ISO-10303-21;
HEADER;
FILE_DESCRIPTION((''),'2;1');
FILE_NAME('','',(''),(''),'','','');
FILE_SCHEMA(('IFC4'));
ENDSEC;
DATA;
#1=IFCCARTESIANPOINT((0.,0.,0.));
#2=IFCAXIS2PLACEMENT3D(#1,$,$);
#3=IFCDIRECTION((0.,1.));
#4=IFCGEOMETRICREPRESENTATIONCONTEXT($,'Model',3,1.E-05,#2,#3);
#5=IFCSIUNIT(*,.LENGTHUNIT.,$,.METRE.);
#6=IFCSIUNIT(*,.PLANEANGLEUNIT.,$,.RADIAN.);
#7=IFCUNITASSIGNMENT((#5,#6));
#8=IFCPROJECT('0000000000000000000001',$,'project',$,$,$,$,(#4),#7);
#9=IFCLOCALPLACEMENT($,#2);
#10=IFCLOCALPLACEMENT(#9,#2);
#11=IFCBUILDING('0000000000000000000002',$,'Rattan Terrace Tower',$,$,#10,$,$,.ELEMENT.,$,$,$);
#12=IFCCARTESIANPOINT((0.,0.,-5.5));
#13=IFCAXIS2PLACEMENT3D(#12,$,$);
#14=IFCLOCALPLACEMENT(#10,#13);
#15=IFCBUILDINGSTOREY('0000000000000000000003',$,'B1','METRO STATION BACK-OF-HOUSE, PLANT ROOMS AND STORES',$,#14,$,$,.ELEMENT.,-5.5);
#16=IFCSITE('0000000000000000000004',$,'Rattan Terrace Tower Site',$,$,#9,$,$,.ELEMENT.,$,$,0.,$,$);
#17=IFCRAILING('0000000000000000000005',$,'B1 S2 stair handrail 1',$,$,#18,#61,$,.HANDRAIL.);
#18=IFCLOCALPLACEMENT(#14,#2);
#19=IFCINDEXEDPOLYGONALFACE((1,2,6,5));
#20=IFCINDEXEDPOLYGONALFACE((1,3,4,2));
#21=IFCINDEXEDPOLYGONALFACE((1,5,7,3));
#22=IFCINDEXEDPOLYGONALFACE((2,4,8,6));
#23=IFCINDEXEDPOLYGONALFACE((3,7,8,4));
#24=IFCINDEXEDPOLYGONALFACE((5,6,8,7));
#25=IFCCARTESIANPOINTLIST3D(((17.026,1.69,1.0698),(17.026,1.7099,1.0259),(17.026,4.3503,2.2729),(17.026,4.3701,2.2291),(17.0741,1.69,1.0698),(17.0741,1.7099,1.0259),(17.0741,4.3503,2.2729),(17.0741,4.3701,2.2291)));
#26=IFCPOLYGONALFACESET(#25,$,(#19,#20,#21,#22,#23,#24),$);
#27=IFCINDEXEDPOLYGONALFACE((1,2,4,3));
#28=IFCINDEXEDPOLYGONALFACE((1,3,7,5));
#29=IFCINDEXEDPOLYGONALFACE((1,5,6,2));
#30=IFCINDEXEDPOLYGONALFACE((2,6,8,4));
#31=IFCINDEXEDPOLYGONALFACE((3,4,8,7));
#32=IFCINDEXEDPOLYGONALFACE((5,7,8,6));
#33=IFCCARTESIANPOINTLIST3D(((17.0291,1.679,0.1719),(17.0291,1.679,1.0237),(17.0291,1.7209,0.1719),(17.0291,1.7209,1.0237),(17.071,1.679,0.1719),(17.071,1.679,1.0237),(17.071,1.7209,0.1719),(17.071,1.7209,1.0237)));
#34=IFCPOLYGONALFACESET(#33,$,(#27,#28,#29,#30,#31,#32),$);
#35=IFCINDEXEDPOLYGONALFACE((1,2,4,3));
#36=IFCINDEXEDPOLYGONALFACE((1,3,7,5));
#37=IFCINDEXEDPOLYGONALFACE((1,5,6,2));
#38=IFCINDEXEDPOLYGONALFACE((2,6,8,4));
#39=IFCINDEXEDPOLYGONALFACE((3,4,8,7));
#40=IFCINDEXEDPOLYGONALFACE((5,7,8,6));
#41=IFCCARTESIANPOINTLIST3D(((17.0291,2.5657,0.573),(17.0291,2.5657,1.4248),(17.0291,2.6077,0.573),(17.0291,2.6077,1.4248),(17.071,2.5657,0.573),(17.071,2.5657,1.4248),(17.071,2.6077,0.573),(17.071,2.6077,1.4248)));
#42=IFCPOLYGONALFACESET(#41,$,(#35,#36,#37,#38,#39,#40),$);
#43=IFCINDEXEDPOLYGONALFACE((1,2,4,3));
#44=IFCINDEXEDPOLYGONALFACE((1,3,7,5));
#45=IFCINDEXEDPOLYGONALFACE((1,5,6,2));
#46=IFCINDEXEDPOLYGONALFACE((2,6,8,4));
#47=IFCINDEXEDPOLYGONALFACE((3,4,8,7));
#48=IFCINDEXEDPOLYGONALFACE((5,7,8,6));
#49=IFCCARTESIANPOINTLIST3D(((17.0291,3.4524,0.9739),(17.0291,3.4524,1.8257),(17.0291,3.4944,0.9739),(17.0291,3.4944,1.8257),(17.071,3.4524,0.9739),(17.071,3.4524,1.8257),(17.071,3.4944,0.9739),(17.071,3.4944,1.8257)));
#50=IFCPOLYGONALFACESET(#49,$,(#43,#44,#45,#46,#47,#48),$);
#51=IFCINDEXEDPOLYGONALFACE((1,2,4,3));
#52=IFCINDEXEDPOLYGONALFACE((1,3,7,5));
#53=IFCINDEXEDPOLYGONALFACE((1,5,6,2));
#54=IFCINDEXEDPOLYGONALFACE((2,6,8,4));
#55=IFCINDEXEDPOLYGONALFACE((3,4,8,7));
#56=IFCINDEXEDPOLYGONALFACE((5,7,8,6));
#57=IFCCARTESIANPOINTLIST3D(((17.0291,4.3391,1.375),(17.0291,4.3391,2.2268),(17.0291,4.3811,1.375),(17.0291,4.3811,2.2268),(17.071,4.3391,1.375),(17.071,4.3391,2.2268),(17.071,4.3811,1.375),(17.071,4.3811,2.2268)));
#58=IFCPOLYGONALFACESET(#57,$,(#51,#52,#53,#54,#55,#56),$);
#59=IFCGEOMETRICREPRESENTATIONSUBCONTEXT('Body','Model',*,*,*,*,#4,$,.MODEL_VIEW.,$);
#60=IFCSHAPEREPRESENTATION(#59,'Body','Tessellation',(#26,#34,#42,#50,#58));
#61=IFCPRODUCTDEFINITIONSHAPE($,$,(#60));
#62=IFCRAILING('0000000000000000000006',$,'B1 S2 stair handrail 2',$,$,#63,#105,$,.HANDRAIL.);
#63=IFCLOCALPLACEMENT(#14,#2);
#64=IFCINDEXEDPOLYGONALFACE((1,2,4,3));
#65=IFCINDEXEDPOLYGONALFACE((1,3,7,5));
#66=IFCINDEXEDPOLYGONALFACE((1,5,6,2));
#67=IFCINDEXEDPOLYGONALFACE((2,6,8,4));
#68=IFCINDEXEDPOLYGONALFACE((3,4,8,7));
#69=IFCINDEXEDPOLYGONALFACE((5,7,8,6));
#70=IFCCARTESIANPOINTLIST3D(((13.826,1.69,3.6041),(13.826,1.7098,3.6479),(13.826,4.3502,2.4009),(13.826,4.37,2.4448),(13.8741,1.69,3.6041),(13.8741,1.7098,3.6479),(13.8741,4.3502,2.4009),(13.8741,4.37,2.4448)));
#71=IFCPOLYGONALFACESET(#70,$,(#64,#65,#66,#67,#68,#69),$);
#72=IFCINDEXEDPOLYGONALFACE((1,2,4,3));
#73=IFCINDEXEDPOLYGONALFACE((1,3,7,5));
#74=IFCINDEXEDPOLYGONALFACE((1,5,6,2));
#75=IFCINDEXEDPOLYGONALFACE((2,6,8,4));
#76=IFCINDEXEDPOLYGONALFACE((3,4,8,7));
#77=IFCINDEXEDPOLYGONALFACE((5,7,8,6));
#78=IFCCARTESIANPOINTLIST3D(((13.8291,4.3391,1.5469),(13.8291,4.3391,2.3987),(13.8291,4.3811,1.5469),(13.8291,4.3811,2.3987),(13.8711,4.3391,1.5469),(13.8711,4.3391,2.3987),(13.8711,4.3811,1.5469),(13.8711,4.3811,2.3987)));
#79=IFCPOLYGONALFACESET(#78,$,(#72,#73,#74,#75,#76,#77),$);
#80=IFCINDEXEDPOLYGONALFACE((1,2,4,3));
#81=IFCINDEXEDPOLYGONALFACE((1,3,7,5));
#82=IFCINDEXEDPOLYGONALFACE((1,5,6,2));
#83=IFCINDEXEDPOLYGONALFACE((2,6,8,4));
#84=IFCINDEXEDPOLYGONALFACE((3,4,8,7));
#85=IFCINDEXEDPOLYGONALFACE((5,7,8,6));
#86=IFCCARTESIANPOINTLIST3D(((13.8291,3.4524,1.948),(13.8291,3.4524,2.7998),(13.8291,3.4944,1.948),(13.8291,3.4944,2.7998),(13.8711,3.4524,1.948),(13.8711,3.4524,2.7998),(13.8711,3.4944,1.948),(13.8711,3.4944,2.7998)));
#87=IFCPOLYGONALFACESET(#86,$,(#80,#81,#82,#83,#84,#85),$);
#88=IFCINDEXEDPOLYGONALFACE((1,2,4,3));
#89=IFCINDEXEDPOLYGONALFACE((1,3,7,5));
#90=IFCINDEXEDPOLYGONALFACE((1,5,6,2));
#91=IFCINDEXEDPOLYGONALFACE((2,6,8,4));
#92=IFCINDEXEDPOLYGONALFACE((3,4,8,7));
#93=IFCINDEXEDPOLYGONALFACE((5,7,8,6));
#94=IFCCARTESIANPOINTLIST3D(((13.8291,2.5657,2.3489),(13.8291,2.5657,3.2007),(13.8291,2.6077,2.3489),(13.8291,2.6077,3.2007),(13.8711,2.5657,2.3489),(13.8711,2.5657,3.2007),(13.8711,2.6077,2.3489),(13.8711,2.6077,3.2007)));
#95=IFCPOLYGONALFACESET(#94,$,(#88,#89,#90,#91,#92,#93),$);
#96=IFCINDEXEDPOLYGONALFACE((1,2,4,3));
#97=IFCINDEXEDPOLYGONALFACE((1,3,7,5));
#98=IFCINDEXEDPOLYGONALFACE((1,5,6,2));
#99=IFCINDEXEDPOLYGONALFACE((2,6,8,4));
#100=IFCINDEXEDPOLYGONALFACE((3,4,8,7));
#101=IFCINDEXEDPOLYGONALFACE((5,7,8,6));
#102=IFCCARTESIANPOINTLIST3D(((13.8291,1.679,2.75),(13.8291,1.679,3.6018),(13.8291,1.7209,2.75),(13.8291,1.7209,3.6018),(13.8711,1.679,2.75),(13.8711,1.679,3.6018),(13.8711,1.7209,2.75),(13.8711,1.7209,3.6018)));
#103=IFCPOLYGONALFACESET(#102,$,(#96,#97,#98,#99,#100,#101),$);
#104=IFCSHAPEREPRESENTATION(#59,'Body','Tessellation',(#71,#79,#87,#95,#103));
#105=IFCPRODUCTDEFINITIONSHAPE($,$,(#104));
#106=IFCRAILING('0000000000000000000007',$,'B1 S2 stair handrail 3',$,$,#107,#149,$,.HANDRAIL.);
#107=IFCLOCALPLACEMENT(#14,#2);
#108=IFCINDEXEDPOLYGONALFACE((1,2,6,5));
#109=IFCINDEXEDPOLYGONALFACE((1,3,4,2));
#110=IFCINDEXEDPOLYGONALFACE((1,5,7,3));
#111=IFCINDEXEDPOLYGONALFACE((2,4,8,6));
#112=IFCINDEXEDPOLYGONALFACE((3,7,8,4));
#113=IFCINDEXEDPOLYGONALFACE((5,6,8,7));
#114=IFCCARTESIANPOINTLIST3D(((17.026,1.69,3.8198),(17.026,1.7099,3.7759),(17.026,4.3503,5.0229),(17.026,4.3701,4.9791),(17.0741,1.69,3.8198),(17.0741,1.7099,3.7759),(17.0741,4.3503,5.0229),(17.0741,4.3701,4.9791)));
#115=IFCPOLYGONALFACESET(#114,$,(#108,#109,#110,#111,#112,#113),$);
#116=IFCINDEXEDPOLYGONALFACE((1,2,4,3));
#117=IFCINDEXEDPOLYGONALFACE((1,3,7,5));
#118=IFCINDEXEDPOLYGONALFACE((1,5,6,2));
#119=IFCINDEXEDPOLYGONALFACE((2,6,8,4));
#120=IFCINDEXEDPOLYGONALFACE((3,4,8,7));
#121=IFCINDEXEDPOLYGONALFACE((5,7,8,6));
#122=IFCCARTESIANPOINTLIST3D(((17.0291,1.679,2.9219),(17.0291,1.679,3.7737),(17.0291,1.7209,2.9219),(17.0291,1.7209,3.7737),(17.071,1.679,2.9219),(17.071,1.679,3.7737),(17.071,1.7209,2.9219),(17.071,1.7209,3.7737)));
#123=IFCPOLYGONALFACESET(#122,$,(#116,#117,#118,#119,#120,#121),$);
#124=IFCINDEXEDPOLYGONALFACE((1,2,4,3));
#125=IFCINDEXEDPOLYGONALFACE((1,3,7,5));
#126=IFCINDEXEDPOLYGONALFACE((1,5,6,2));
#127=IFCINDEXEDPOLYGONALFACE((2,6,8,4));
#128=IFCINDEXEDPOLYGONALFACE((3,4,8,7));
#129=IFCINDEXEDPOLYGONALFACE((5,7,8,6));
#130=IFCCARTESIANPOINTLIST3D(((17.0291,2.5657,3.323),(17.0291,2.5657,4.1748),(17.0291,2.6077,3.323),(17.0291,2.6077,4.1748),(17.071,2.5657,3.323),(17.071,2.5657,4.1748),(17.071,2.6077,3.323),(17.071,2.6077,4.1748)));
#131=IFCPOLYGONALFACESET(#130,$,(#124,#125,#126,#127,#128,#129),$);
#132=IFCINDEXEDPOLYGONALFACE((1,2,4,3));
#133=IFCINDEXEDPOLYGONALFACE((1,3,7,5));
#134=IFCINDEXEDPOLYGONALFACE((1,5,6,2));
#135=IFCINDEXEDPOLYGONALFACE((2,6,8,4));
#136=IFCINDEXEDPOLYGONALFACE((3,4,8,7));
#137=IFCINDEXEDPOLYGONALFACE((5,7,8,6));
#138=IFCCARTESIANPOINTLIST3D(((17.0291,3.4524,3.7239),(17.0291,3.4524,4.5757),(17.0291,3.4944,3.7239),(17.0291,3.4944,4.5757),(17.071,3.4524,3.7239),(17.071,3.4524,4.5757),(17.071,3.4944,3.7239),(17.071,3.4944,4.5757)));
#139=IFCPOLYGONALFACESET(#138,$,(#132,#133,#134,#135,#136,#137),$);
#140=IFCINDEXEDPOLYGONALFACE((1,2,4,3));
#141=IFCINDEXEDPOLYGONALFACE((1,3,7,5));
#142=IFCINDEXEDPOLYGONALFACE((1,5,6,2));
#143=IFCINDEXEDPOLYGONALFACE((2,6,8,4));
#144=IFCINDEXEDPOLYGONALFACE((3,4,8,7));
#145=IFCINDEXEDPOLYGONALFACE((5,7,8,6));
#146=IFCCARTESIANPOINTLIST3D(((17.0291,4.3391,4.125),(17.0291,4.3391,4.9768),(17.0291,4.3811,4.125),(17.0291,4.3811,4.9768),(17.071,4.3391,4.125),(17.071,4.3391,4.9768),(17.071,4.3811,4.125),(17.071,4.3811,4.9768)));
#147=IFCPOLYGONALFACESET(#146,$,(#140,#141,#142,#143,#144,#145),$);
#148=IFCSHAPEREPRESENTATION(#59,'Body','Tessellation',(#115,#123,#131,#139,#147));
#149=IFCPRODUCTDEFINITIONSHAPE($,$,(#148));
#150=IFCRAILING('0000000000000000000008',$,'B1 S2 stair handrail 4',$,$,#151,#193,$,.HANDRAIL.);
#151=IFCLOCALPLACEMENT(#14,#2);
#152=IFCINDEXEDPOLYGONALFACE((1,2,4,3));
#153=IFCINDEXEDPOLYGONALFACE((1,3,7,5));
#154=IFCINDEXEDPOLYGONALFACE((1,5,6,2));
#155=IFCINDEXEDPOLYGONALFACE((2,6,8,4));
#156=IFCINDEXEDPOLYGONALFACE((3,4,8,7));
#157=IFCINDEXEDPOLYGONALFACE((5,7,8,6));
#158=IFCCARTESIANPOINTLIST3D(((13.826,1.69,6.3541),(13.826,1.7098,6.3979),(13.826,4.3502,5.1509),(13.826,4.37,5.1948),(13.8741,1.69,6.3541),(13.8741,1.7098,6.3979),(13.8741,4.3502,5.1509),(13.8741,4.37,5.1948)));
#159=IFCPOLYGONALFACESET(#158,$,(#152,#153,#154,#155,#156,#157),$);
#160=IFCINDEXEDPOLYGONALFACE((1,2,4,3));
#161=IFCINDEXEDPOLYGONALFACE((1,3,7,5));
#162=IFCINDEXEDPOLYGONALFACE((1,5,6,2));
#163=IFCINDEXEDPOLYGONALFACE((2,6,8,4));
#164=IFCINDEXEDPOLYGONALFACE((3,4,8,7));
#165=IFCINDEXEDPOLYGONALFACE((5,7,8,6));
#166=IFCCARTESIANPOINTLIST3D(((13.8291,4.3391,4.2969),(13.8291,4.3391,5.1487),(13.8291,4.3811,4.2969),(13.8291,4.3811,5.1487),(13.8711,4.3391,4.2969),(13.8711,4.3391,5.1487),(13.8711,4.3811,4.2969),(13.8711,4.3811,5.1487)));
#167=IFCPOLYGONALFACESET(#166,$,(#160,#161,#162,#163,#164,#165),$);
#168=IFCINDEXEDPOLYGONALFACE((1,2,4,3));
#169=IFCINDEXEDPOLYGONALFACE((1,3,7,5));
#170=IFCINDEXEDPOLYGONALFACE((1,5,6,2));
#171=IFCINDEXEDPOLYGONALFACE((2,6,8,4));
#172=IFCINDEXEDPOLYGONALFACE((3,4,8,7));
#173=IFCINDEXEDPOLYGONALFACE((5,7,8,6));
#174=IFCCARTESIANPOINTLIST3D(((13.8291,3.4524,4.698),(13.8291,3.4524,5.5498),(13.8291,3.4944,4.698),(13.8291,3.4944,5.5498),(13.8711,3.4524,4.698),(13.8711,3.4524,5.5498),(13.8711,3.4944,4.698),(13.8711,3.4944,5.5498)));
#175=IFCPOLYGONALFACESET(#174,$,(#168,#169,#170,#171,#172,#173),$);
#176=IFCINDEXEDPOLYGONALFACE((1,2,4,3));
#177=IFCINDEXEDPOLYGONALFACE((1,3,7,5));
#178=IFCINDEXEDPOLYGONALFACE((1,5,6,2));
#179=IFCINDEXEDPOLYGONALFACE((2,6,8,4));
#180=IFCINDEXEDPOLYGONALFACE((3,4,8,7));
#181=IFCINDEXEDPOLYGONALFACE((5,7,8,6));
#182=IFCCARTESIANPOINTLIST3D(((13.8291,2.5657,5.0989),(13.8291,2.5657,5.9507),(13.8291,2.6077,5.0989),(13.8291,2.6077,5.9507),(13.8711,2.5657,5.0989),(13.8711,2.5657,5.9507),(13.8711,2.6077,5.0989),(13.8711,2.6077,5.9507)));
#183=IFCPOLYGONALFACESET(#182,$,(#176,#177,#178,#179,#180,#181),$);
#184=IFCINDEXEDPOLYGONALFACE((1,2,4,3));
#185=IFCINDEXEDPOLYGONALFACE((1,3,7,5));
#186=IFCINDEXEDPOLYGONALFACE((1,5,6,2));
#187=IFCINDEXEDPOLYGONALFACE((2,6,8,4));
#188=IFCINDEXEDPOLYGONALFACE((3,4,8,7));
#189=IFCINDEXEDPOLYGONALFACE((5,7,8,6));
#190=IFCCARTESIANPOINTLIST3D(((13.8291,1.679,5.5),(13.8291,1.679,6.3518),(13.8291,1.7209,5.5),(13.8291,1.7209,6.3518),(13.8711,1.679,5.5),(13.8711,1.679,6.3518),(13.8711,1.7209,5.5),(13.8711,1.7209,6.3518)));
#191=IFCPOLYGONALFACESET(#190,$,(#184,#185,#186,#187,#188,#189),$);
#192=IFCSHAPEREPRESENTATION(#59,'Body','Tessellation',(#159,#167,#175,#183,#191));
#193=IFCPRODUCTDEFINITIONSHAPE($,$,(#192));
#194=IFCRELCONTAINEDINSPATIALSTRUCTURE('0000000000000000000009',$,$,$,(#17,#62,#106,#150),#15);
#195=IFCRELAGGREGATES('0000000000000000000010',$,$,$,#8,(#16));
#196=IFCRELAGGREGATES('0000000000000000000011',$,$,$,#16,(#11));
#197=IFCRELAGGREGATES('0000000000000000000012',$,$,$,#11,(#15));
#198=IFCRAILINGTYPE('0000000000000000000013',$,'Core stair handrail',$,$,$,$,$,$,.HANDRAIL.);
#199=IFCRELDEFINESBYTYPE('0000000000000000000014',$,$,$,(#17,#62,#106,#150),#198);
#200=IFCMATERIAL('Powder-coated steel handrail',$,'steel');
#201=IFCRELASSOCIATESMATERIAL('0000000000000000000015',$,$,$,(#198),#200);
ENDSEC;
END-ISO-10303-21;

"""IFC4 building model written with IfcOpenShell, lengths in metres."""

from ifc_helpers import new_model, si_unit, direction, frame, origin, origin_2d, place, context, subcontext, project, spatial, rectangle, extrude, material, type_object, element, save


model = new_model("IFC4")

# Units and contexts
model_context = context("Model", 3, precision=1e-05, world=origin(), true_north=direction((0.0, 1.0)))
body_context = subcontext(model_context, "Body", "Model", "MODEL_VIEW")
ifc_project = project(units=[si_unit("LENGTHUNIT", "METRE"), si_unit("PLANEANGLEUNIT", "RADIAN")], contexts=[model_context])

# Site, building, storey
site_placement = place(None, origin())
site = spatial("IfcSite", under=ifc_project, at=site_placement, Name="Rattan Terrace Tower Site", CompositionType="ELEMENT", RefElevation=0.0)
building_placement = place(site_placement, origin())
building = spatial("IfcBuilding", under=site, at=building_placement, Name="Rattan Terrace Tower", CompositionType="ELEMENT")
storey_placement = place(building_placement, frame((0.0, 0.0, -5.5)))
storey = spatial("IfcBuildingStorey", under=building, at=storey_placement, Name="B1", Description="METRO STATION BACK-OF-HOUSE, PLANT ROOMS AND STORES", CompositionType="ELEMENT", Elevation=-5.5)

# Railings
ifc_material_1 = material(Name="Powder-coated steel handrail", Category="steel")
railing_type_1 = type_object("IfcRailingType", Name="Core stair handrail", PredefinedType="HANDRAIL", material=ifc_material_1)
railing_1_placement = place(storey_placement, frame((17.05, 1.7, 0.1719)))
element("IfcRailing", 1, at=railing_1_placement, inside=storey, type_object=railing_type_1, Name="B1 S2 stair handrail 1", PredefinedType="HANDRAIL", context=body_context, shape_type="SweptSolid", body=[
    extrude(rectangle(XDim=0.0481, YDim=0.0481, at=origin_2d()), frame((0.0, 0.0, 0.876), z_axis=(0.0, 0.911144, 0.412089), x_axis=(-1.0, 0.0, 0.0)), (0.0, 0.0, 1.0), 2.9197),
    extrude(rectangle(XDim=0.042, YDim=0.042, at=origin_2d()), origin(), (0.0, 0.0, 1.0), 0.8518),
    extrude(rectangle(XDim=0.042, YDim=0.042, at=origin_2d()), frame((0.0, 0.8867, 0.4011)), (0.0, 0.0, 1.0), 0.8518),
    extrude(rectangle(XDim=0.042, YDim=0.042, at=origin_2d()), frame((0.0, 1.7734, 0.802)), (0.0, 0.0, 1.0), 0.8518),
    extrude(rectangle(XDim=0.042, YDim=0.042, at=origin_2d()), frame((0.0, 2.6602, 1.2031)), (0.0, 0.0, 1.0), 0.8518),
])
railing_2_placement = place(storey_placement, frame((13.8501, 4.3601, 1.5469)))
element("IfcRailing", 2, at=railing_2_placement, inside=storey, type_object=railing_type_1, Name="B1 S2 stair handrail 2", PredefinedType="HANDRAIL", context=body_context, shape_type="SweptSolid", body=[
    extrude(rectangle(XDim=0.0481, YDim=0.0481, at=origin_2d()), frame((0.0, 0.0, 0.876), z_axis=(0.0, -0.911144, 0.412089), x_axis=(1.0, 0.0, 0.0)), (0.0, 0.0, 1.0), 2.9197),
    extrude(rectangle(XDim=0.042, YDim=0.042, at=origin_2d()), origin(), (0.0, 0.0, 1.0), 0.8518),
    extrude(rectangle(XDim=0.042, YDim=0.042, at=origin_2d()), frame((0.0, -0.8867, 0.4011)), (0.0, 0.0, 1.0), 0.8518),
    extrude(rectangle(XDim=0.042, YDim=0.042, at=origin_2d()), frame((0.0, -1.7734, 0.802)), (0.0, 0.0, 1.0), 0.8518),
    extrude(rectangle(XDim=0.042, YDim=0.042, at=origin_2d()), frame((0.0, -2.6602, 1.2031)), (0.0, 0.0, 1.0), 0.8518),
])
railing_3_placement = place(storey_placement, frame((17.05, 1.7, 2.9219)))
element("IfcRailing", 3, at=railing_3_placement, inside=storey, type_object=railing_type_1, Name="B1 S2 stair handrail 3", PredefinedType="HANDRAIL", context=body_context, shape_type="SweptSolid", body=[
    extrude(rectangle(XDim=0.0481, YDim=0.0481, at=origin_2d()), frame((0.0, 0.0, 0.876), z_axis=(0.0, 0.911144, 0.412089), x_axis=(-1.0, 0.0, 0.0)), (0.0, 0.0, 1.0), 2.9197),
    extrude(rectangle(XDim=0.042, YDim=0.042, at=origin_2d()), origin(), (0.0, 0.0, 1.0), 0.8518),
    extrude(rectangle(XDim=0.042, YDim=0.042, at=origin_2d()), frame((0.0, 0.8867, 0.4011)), (0.0, 0.0, 1.0), 0.8518),
    extrude(rectangle(XDim=0.042, YDim=0.042, at=origin_2d()), frame((0.0, 1.7734, 0.802)), (0.0, 0.0, 1.0), 0.8518),
    extrude(rectangle(XDim=0.042, YDim=0.042, at=origin_2d()), frame((0.0, 2.6602, 1.2031)), (0.0, 0.0, 1.0), 0.8518),
])
railing_4_placement = place(storey_placement, frame((13.8501, 4.3601, 4.2969)))
element("IfcRailing", 4, at=railing_4_placement, inside=storey, type_object=railing_type_1, Name="B1 S2 stair handrail 4", PredefinedType="HANDRAIL", context=body_context, shape_type="SweptSolid", body=[
    extrude(rectangle(XDim=0.0481, YDim=0.0481, at=origin_2d()), frame((0.0, 0.0, 0.876), z_axis=(0.0, -0.911144, 0.412089), x_axis=(1.0, 0.0, 0.0)), (0.0, 0.0, 1.0), 2.9197),
    extrude(rectangle(XDim=0.042, YDim=0.042, at=origin_2d()), origin(), (0.0, 0.0, 1.0), 0.8518),
    extrude(rectangle(XDim=0.042, YDim=0.042, at=origin_2d()), frame((0.0, -0.8867, 0.4011)), (0.0, 0.0, 1.0), 0.8518),
    extrude(rectangle(XDim=0.042, YDim=0.042, at=origin_2d()), frame((0.0, -1.7734, 0.802)), (0.0, 0.0, 1.0), 0.8518),
    extrude(rectangle(XDim=0.042, YDim=0.042, at=origin_2d()), frame((0.0, -2.6602, 1.2031)), (0.0, 0.0, 1.0), 0.8518),
])

save(model, "model.ifc")
